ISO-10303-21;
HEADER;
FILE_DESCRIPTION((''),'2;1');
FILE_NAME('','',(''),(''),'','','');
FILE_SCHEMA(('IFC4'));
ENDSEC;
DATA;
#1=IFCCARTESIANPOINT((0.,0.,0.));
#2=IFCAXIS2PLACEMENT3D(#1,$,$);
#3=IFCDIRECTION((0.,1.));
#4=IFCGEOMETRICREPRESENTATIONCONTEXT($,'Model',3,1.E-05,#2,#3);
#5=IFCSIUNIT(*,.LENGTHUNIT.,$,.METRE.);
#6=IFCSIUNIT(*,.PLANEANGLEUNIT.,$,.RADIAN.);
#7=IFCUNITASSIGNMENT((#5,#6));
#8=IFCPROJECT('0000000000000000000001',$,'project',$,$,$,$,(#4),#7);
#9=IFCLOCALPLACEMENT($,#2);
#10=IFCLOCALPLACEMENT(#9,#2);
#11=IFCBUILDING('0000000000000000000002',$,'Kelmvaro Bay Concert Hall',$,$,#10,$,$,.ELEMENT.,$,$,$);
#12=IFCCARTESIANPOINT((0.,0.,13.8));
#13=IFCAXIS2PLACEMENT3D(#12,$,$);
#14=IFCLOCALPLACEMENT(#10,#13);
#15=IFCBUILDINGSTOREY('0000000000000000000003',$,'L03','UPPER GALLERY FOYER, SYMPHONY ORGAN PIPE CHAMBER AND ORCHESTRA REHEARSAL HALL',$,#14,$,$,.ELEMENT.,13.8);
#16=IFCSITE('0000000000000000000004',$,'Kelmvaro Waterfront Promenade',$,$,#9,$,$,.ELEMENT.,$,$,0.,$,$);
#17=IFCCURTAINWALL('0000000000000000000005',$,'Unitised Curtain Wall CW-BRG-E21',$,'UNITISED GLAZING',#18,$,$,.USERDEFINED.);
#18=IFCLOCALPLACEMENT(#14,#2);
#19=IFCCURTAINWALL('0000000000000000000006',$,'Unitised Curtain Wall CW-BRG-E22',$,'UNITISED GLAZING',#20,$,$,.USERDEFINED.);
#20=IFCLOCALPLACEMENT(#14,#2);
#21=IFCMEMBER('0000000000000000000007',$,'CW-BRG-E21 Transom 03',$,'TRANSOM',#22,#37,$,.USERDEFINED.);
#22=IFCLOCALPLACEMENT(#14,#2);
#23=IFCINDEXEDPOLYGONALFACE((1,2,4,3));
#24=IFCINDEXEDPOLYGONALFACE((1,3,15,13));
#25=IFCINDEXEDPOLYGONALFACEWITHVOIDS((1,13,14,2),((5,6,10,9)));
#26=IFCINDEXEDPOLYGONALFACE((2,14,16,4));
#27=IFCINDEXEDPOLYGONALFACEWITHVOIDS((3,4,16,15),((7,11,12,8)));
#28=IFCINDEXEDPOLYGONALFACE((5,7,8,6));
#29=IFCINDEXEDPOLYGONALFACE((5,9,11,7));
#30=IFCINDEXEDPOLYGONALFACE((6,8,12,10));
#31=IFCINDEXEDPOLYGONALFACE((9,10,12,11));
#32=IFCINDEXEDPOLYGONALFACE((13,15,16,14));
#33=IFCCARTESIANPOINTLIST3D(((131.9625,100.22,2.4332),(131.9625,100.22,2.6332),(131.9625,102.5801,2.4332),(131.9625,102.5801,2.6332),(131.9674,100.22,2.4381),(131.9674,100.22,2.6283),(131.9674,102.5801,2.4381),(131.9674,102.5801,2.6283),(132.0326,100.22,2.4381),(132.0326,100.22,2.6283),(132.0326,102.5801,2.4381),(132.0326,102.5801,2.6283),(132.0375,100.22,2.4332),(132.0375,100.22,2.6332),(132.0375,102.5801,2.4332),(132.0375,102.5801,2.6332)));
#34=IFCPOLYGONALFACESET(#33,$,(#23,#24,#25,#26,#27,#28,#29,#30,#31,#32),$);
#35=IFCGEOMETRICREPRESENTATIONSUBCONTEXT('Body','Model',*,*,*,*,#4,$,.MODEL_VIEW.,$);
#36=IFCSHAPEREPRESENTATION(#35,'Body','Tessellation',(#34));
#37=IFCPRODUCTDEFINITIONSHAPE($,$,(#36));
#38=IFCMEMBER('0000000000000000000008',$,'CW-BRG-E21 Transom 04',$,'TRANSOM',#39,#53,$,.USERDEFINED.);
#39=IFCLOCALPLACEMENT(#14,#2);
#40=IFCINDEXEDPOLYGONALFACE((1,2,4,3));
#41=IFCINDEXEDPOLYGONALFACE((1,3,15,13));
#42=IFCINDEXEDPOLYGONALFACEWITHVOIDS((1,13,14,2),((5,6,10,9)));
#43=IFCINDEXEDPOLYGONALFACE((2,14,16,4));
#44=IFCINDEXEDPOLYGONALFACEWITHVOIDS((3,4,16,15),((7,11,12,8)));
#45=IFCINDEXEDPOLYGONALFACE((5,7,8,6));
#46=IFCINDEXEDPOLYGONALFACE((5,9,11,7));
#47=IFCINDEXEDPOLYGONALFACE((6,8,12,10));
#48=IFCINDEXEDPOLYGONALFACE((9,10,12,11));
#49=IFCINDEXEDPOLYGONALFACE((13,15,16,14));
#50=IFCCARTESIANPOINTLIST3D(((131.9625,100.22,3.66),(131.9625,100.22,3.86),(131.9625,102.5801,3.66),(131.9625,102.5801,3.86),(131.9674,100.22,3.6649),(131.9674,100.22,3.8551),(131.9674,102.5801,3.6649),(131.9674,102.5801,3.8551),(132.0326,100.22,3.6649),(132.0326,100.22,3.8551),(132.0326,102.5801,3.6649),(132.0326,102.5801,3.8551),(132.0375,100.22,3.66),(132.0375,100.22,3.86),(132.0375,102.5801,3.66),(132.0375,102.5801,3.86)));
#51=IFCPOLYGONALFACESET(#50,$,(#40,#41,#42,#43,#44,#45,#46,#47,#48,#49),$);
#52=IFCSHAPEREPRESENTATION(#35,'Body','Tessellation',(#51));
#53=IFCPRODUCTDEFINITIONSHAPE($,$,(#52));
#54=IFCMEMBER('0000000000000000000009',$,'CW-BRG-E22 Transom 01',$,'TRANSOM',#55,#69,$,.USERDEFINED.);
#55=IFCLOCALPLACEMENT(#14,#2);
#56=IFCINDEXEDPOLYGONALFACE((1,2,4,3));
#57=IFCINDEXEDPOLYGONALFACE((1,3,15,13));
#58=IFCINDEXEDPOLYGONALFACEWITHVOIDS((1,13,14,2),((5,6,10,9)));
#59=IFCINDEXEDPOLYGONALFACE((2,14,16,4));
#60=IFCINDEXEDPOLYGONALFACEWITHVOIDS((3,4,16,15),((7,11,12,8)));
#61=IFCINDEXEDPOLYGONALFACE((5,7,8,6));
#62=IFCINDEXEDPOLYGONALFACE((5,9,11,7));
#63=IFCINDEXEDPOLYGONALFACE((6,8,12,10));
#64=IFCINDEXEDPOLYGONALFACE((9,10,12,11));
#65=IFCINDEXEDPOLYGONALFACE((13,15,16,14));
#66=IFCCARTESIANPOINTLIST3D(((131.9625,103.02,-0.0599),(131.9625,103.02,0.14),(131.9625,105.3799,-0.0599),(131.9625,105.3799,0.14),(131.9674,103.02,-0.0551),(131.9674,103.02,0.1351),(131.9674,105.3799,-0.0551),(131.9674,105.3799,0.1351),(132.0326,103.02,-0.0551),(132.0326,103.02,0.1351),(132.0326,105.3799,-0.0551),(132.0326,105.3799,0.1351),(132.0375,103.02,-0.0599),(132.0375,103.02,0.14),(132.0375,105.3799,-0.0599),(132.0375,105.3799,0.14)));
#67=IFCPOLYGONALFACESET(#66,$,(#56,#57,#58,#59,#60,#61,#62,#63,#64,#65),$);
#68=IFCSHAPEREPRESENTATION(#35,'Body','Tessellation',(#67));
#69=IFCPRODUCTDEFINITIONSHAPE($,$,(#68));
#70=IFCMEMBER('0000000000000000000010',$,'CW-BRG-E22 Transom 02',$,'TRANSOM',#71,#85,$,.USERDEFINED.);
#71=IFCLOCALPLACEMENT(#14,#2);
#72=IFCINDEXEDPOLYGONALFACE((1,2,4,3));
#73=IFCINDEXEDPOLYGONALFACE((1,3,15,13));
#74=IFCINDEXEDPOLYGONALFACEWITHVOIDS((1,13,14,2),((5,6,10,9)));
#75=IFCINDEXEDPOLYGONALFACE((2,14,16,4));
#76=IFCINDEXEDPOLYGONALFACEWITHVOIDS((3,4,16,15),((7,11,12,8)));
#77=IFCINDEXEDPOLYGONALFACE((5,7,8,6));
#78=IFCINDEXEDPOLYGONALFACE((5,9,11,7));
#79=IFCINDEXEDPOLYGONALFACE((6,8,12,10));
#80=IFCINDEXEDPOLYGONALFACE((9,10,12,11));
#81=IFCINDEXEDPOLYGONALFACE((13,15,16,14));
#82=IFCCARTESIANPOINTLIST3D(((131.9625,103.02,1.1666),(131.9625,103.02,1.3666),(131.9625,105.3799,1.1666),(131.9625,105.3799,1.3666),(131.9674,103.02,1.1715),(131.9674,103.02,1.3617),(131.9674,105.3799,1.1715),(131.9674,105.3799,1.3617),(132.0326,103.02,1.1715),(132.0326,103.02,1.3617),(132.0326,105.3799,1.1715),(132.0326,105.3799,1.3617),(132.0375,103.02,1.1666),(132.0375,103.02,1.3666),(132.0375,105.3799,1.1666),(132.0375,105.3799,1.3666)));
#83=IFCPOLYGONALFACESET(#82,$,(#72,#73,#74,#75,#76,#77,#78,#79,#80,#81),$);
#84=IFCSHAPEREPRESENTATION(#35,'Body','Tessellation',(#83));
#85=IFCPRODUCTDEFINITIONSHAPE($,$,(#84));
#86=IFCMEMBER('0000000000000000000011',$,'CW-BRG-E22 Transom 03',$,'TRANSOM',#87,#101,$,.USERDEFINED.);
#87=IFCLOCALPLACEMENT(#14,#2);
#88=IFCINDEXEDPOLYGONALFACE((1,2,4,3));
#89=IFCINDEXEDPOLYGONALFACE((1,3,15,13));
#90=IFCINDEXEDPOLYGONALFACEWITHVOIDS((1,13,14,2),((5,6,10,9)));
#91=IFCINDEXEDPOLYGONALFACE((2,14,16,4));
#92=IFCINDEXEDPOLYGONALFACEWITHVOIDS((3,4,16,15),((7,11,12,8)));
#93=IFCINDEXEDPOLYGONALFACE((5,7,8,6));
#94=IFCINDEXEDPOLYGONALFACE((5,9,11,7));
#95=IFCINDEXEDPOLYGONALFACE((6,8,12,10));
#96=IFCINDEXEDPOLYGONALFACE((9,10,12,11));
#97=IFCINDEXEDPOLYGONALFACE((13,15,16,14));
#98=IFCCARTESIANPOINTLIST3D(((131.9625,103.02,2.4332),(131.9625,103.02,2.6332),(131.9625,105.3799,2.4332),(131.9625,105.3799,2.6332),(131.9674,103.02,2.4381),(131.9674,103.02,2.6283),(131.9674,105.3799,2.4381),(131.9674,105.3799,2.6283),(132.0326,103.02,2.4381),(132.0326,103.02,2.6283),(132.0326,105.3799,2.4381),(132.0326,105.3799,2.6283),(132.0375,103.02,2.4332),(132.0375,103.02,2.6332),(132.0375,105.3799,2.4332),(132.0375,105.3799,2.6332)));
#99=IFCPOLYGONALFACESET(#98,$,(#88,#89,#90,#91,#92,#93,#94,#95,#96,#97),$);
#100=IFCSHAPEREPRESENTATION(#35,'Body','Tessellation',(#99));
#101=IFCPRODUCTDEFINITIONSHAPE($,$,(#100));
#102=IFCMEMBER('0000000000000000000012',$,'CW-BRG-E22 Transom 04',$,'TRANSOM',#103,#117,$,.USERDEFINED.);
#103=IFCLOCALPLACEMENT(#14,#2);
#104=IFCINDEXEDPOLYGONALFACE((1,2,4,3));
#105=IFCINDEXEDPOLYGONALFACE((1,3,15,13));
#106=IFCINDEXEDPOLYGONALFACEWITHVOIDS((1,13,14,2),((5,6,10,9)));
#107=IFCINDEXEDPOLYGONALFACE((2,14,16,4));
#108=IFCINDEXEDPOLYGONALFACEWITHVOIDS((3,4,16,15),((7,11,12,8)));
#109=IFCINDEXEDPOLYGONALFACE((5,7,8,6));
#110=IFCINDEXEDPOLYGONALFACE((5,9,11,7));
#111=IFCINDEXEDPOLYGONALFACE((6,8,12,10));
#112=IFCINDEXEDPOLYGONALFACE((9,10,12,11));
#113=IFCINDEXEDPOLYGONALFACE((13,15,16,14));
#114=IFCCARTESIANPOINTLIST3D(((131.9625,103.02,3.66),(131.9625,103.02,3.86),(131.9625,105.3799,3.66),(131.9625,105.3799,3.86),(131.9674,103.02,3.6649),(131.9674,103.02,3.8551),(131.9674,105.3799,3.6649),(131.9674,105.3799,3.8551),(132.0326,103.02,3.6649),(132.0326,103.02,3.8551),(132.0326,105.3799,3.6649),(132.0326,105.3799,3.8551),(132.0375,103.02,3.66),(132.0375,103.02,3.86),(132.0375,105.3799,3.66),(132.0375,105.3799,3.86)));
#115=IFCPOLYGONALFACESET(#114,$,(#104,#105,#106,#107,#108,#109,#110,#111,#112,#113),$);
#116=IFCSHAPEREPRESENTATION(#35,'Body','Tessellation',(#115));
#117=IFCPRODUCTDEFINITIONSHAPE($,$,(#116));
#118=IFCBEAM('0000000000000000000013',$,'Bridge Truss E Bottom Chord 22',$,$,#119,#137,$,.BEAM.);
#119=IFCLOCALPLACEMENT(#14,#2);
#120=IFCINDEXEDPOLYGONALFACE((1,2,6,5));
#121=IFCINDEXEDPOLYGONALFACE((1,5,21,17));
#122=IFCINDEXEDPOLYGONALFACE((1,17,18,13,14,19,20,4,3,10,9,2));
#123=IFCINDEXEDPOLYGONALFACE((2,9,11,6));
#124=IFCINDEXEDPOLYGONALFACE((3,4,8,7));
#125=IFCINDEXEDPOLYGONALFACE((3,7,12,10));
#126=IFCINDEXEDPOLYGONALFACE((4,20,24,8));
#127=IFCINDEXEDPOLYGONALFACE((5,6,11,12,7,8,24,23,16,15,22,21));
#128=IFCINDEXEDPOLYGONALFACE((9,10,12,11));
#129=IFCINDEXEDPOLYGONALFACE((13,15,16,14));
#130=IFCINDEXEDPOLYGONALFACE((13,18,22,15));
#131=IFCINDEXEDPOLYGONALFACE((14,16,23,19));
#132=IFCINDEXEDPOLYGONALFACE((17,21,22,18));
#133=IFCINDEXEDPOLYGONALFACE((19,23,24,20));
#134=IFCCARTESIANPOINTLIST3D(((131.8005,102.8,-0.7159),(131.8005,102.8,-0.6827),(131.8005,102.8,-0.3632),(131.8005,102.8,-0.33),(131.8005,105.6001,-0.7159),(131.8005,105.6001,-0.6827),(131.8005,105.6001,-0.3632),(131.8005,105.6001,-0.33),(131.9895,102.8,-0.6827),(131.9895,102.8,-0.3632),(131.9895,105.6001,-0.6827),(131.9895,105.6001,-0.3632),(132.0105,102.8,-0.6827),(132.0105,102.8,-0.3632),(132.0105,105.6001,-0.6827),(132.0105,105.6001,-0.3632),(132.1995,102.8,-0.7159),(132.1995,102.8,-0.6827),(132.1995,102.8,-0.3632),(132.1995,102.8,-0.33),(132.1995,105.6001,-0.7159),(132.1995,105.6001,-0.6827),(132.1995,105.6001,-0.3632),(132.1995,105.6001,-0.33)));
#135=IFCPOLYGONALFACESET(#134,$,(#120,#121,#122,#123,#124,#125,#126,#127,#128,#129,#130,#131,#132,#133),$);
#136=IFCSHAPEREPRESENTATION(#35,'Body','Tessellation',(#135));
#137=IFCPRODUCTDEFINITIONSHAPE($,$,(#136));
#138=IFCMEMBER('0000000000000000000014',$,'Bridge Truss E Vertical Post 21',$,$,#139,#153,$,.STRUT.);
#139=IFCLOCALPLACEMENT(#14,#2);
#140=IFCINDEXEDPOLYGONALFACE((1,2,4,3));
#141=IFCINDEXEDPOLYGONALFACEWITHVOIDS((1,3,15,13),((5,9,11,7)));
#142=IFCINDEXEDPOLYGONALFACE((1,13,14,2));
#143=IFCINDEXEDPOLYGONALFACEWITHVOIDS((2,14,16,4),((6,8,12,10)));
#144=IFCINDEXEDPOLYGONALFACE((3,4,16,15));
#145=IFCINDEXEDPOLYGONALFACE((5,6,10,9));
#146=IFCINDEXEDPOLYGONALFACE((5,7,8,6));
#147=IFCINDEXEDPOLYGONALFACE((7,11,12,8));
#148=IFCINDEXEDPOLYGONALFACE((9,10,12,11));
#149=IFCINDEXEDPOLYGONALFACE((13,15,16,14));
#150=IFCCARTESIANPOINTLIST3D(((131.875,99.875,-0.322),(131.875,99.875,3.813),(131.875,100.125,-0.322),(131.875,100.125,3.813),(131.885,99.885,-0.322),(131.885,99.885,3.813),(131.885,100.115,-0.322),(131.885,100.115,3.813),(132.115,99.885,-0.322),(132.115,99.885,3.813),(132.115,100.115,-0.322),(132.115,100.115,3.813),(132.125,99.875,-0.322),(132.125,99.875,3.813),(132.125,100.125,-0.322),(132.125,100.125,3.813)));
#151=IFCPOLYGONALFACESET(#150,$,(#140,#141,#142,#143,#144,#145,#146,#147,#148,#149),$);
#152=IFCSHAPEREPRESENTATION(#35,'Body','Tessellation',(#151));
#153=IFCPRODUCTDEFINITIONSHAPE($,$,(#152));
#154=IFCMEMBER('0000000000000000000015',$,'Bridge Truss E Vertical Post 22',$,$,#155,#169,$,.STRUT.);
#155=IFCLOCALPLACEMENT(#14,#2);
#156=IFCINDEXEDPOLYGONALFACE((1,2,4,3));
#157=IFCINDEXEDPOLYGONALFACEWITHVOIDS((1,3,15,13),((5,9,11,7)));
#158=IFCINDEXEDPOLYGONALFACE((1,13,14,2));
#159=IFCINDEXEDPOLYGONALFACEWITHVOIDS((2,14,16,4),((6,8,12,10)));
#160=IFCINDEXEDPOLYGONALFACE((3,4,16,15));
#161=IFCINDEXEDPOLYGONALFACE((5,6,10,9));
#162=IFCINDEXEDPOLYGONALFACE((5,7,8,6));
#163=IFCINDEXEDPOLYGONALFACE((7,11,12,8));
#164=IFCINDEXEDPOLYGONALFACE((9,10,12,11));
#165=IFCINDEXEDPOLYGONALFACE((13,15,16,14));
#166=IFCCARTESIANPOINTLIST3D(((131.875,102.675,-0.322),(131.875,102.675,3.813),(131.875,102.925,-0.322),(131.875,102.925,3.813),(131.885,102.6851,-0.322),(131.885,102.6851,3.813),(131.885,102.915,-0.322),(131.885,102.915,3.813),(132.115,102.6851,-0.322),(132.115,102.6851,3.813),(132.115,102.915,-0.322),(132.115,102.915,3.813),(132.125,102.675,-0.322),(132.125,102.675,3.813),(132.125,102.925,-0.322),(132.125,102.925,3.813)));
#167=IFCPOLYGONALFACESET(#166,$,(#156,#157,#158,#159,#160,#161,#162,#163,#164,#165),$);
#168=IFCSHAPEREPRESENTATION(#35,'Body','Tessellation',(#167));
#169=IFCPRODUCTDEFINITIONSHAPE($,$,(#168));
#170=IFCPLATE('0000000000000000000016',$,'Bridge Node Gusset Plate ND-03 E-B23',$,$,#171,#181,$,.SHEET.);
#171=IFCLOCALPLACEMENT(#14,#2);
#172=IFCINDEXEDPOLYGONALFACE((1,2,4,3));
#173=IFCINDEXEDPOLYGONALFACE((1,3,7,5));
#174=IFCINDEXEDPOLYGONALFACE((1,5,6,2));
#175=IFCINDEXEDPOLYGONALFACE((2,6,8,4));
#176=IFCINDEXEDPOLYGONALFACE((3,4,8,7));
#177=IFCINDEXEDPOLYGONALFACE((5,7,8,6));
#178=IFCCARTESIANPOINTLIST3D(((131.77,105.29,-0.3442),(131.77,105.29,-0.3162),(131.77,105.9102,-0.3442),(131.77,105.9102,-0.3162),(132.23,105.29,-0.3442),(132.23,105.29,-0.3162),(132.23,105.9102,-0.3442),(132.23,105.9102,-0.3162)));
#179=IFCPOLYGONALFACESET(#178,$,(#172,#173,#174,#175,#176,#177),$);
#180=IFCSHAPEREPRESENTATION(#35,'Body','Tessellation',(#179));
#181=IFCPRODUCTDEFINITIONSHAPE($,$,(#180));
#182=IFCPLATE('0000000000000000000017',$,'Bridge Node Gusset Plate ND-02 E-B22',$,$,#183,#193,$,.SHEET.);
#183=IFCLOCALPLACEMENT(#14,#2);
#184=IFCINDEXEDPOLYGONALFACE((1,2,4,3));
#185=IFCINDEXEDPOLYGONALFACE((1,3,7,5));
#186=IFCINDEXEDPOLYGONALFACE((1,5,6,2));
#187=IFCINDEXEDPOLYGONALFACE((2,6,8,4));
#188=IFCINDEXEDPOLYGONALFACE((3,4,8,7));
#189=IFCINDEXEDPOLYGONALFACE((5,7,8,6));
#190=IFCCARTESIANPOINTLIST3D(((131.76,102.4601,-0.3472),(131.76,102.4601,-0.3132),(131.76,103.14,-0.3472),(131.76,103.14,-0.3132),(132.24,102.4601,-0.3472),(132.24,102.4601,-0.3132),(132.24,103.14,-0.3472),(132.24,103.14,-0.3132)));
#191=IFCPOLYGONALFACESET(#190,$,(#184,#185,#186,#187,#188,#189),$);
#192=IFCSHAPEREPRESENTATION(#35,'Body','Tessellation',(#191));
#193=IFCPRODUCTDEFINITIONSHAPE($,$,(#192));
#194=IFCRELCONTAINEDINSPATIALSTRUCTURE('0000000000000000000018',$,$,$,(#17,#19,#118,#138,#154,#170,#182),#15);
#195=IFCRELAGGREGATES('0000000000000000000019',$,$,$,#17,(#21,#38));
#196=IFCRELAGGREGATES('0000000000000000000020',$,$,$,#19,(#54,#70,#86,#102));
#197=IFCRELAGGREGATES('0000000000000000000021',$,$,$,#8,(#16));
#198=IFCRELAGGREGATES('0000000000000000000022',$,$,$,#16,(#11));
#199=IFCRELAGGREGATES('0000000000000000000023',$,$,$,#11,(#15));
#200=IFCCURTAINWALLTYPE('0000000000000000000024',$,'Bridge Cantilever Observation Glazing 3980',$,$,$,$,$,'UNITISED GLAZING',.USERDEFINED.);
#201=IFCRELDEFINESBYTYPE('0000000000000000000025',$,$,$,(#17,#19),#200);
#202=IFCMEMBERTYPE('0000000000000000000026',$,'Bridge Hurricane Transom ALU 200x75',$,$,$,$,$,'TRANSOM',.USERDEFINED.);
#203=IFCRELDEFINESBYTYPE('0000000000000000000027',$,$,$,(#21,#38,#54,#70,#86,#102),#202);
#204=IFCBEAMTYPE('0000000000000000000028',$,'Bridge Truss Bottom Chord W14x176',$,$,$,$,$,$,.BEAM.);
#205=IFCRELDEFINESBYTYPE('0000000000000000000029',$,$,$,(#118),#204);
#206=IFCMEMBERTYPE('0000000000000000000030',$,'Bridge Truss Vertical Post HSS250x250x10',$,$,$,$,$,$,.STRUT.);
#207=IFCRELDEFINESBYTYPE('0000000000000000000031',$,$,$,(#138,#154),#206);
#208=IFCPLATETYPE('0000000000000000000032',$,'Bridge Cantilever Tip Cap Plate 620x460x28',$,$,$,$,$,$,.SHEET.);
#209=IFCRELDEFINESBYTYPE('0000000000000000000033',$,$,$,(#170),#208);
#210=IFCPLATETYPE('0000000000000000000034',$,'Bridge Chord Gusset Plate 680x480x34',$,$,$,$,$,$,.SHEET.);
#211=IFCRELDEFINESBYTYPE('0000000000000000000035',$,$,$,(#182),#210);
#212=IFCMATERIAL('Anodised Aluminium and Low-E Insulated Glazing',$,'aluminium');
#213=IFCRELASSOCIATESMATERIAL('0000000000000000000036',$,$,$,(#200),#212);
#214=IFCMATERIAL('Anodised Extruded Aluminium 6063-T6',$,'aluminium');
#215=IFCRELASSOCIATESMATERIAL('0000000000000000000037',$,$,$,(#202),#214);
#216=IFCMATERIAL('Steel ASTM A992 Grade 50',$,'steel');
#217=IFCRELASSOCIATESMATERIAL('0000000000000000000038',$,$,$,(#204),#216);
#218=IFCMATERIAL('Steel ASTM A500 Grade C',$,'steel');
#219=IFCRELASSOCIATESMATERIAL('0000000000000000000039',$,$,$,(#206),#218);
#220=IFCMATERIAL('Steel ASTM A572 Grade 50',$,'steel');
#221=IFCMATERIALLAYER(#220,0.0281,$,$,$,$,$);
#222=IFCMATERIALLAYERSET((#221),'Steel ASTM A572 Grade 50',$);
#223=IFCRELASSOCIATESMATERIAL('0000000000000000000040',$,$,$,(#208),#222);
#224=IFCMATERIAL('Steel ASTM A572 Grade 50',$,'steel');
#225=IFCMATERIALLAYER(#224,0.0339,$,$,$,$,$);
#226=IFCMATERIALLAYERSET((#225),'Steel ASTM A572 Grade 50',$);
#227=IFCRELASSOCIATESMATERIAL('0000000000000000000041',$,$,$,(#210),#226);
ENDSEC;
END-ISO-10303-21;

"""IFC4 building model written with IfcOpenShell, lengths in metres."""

from ifc_helpers import new_model, si_unit, direction, frame, origin, origin_2d, place, context, subcontext, project, spatial, rectangle, hollow_rectangle, i_section, extrude, material, layer, layer_set, material_profile, profile_set, type_object, element, aggregate, save


model = new_model("IFC4")

# Units and contexts
model_context = context("Model", 3, precision=1e-05, world=origin(), true_north=direction((0.0, 1.0)))
body_context = subcontext(model_context, "Body", "Model", "MODEL_VIEW")
ifc_project = project(units=[si_unit("LENGTHUNIT", "METRE"), si_unit("PLANEANGLEUNIT", "RADIAN")], contexts=[model_context])

# Site, building, storey
site_placement = place(None, origin())
site = spatial("IfcSite", under=ifc_project, at=site_placement, Name="Kelmvaro Waterfront Promenade", CompositionType="ELEMENT", RefElevation=0.0)
building_placement = place(site_placement, origin())
building = spatial("IfcBuilding", under=site, at=building_placement, Name="Kelmvaro Bay Concert Hall", CompositionType="ELEMENT")
storey_placement = place(building_placement, frame((0.0, 0.0, 13.8)))
storey = spatial("IfcBuildingStorey", under=building, at=storey_placement, Name="L03", Description="UPPER GALLERY FOYER, SYMPHONY ORGAN PIPE CHAMBER AND ORCHESTRA REHEARSAL HALL", CompositionType="ELEMENT", Elevation=13.8)

# Curtain walls
ifc_material_1 = material(Name="Anodised Aluminium and Low-E Insulated Glazing", Category="aluminium")
curtain_wall_type = type_object("IfcCurtainWallType", Name="Bridge Cantilever Observation Glazing 3980", ElementType="UNITISED GLAZING", PredefinedType="USERDEFINED", material=ifc_material_1)
curtain_wall_1_placement = place(storey_placement, origin())
curtain_wall_1 = element("IfcCurtainWall", 1, at=curtain_wall_1_placement, inside=storey, type_object=curtain_wall_type, Name="Unitised Curtain Wall CW-BRG-E21", ObjectType="UNITISED GLAZING", PredefinedType="USERDEFINED")
curtain_wall_2_placement = place(storey_placement, origin())
curtain_wall_2 = element("IfcCurtainWall", 2, at=curtain_wall_2_placement, inside=storey, type_object=curtain_wall_type, Name="Unitised Curtain Wall CW-BRG-E22", ObjectType="UNITISED GLAZING", PredefinedType="USERDEFINED")

# Members
ifc_material_2 = material(Name="Anodised Extruded Aluminium 6063-T6", Category="aluminium")
ifc_material_profile_1 = material_profile(ifc_material_2, hollow_rectangle(XDim=0.075, YDim=0.2, WallThickness=0.0049, at=origin_2d()), Name="ALU-TRN-200X75")
ifc_profile_set_1 = profile_set([ifc_material_profile_1], Name="Anodised Extruded Aluminium 6063-T6")
member_type_1 = type_object("IfcMemberType", Name="Bridge Hurricane Transom ALU 200x75", ElementType="TRANSOM", PredefinedType="USERDEFINED", material=ifc_profile_set_1)
member_1_placement = place(storey_placement, frame((132.0, 102.5801, 2.5332), z_axis=(0.0, -1.0, 0.0), x_axis=(1.0, 0.0, 0.0)))
member_1 = element("IfcMember", 3, at=member_1_placement, type_object=member_type_1, Name="CW-BRG-E21 Transom 03", ObjectType="TRANSOM", PredefinedType="USERDEFINED", context=body_context, shape_type="SweptSolid", body=[
    extrude(hollow_rectangle(XDim=0.075, YDim=0.2, WallThickness=0.0049, at=origin_2d()), origin(), (0.0, 0.0, 1.0), 2.3601),
])
member_2_placement = place(storey_placement, frame((132.0, 102.5801, 3.76), z_axis=(0.0, -1.0, 0.0), x_axis=(1.0, 0.0, 0.0)))
member_2 = element("IfcMember", 4, at=member_2_placement, type_object=member_type_1, Name="CW-BRG-E21 Transom 04", ObjectType="TRANSOM", PredefinedType="USERDEFINED", context=body_context, shape_type="SweptSolid", body=[
    extrude(hollow_rectangle(XDim=0.075, YDim=0.2, WallThickness=0.0049, at=origin_2d()), origin(), (0.0, 0.0, 1.0), 2.3601),
])
member_3_placement = place(storey_placement, frame((132.0, 105.3799, 0.04), z_axis=(0.0, -1.0, 0.0), x_axis=(1.0, 0.0, 0.0)))
member_3 = element("IfcMember", 5, at=member_3_placement, type_object=member_type_1, Name="CW-BRG-E22 Transom 01", ObjectType="TRANSOM", PredefinedType="USERDEFINED", context=body_context, shape_type="SweptSolid", body=[
    extrude(hollow_rectangle(XDim=0.075, YDim=0.2, WallThickness=0.0049, at=origin_2d()), origin(), (0.0, 0.0, 1.0), 2.3599),
])
member_4_placement = place(storey_placement, frame((132.0, 105.3799, 1.2666), z_axis=(0.0, -1.0, 0.0), x_axis=(1.0, 0.0, 0.0)))
member_4 = element("IfcMember", 6, at=member_4_placement, type_object=member_type_1, Name="CW-BRG-E22 Transom 02", ObjectType="TRANSOM", PredefinedType="USERDEFINED", context=body_context, shape_type="SweptSolid", body=[
    extrude(hollow_rectangle(XDim=0.075, YDim=0.2, WallThickness=0.0049, at=origin_2d()), origin(), (0.0, 0.0, 1.0), 2.3599),
])
member_5_placement = place(storey_placement, frame((132.0, 105.3799, 2.5332), z_axis=(0.0, -1.0, 0.0), x_axis=(1.0, 0.0, 0.0)))
member_5 = element("IfcMember", 7, at=member_5_placement, type_object=member_type_1, Name="CW-BRG-E22 Transom 03", ObjectType="TRANSOM", PredefinedType="USERDEFINED", context=body_context, shape_type="SweptSolid", body=[
    extrude(hollow_rectangle(XDim=0.075, YDim=0.2, WallThickness=0.0049, at=origin_2d()), origin(), (0.0, 0.0, 1.0), 2.3599),
])
member_6_placement = place(storey_placement, frame((132.0, 105.3799, 3.76), z_axis=(0.0, -1.0, 0.0), x_axis=(1.0, 0.0, 0.0)))
member_6 = element("IfcMember", 8, at=member_6_placement, type_object=member_type_1, Name="CW-BRG-E22 Transom 04", ObjectType="TRANSOM", PredefinedType="USERDEFINED", context=body_context, shape_type="SweptSolid", body=[
    extrude(hollow_rectangle(XDim=0.075, YDim=0.2, WallThickness=0.0049, at=origin_2d()), origin(), (0.0, 0.0, 1.0), 2.3599),
])

# Beam
ifc_material_3 = material(Name="Steel ASTM A992 Grade 50", Category="steel")
ifc_material_profile_2 = material_profile(ifc_material_3, i_section(OverallWidth=0.3989, OverallDepth=0.386, WebThickness=0.021, FlangeThickness=0.0332, at=origin_2d()), Name="W14X176")
ifc_profile_set_2 = profile_set([ifc_material_profile_2], Name="Steel ASTM A992 Grade 50")
beam_type = type_object("IfcBeamType", Name="Bridge Truss Bottom Chord W14x176", PredefinedType="BEAM", material=ifc_profile_set_2)
beam_placement = place(storey_placement, frame((132.0, 102.8, -0.5229), z_axis=(0.0, 1.0, 0.0), x_axis=(-1.0, 0.0, 0.0)))
element("IfcBeam", 9, at=beam_placement, inside=storey, type_object=beam_type, Name="Bridge Truss E Bottom Chord 22", PredefinedType="BEAM", context=body_context, shape_type="SweptSolid", body=[
    extrude(i_section(OverallWidth=0.3989, OverallDepth=0.386, WebThickness=0.021, FlangeThickness=0.0332, at=origin_2d()), origin(), (0.0, 0.0, 1.0), 2.8),
])

# Members
ifc_material_4 = material(Name="Steel ASTM A500 Grade C", Category="steel")
ifc_material_profile_3 = material_profile(ifc_material_4, hollow_rectangle(XDim=0.25, YDim=0.25, WallThickness=0.01, at=origin_2d()), Name="HSS250X250X10")
ifc_profile_set_3 = profile_set([ifc_material_profile_3], Name="Steel ASTM A500 Grade C")
member_type_2 = type_object("IfcMemberType", Name="Bridge Truss Vertical Post HSS250x250x10", PredefinedType="STRUT", material=ifc_profile_set_3)
for number, where, z_axis, x_axis, name in (
    (10, (132.0, 100.0, -0.322), (0.0, 0.0, 1.0), (1.0, 0.0, 0.0), "Bridge Truss E Vertical Post 21"),
    (11, (132.0, 102.8, -0.322), (0.0, 0.0, 1.0), (1.0, 0.0, 0.0), "Bridge Truss E Vertical Post 22"),
):
    element("IfcMember", number, at=place(storey_placement, frame(where, z_axis=z_axis, x_axis=x_axis)), inside=storey, type_object=member_type_2, Name=name, PredefinedType="STRUT", context=body_context, shape_type="SweptSolid", body=[
        extrude(hollow_rectangle(XDim=0.25, YDim=0.25, WallThickness=0.01, at=origin_2d()), origin(), (0.0, 0.0, 1.0), 4.135),
    ])

# Plates
ifc_material_5 = material(Name="Steel ASTM A572 Grade 50", Category="steel")
ifc_layer_1 = layer(ifc_material_5, 0.0281)
ifc_layer_set_1 = layer_set([ifc_layer_1], Name="Steel ASTM A572 Grade 50")
plate_type_1 = type_object("IfcPlateType", Name="Bridge Cantilever Tip Cap Plate 620x460x28", PredefinedType="SHEET", material=ifc_layer_set_1)
plate_1_placement = place(storey_placement, frame((132.0, 105.6001, -0.3442), z_axis=(0.0, 0.0, 1.0), x_axis=(0.0, 1.0, 0.0)))
element("IfcPlate", 12, at=plate_1_placement, inside=storey, type_object=plate_type_1, Name="Bridge Node Gusset Plate ND-03 E-B23", PredefinedType="SHEET", context=body_context, shape_type="SweptSolid", body=[
    extrude(rectangle(XDim=0.6201, YDim=0.46, at=origin_2d()), origin(), (0.0, 0.0, 1.0), 0.0281),
])
ifc_material_6 = material(Name="Steel ASTM A572 Grade 50", Category="steel")
ifc_layer_2 = layer(ifc_material_6, 0.0339)
ifc_layer_set_2 = layer_set([ifc_layer_2], Name="Steel ASTM A572 Grade 50")
plate_type_2 = type_object("IfcPlateType", Name="Bridge Chord Gusset Plate 680x480x34", PredefinedType="SHEET", material=ifc_layer_set_2)
plate_2_placement = place(storey_placement, frame((132.0, 102.8, -0.3472), z_axis=(0.0, 0.0, 1.0), x_axis=(0.0, 1.0, 0.0)))
element("IfcPlate", 13, at=plate_2_placement, inside=storey, type_object=plate_type_2, Name="Bridge Node Gusset Plate ND-02 E-B22", PredefinedType="SHEET", context=body_context, shape_type="SweptSolid", body=[
    extrude(rectangle(XDim=0.6799, YDim=0.48, at=origin_2d()), origin(), (0.0, 0.0, 1.0), 0.0339),
])

aggregate(curtain_wall_1, [member_1, member_2])
aggregate(curtain_wall_2, [member_3, member_4, member_5, member_6])

save(model, "model.ifc")
